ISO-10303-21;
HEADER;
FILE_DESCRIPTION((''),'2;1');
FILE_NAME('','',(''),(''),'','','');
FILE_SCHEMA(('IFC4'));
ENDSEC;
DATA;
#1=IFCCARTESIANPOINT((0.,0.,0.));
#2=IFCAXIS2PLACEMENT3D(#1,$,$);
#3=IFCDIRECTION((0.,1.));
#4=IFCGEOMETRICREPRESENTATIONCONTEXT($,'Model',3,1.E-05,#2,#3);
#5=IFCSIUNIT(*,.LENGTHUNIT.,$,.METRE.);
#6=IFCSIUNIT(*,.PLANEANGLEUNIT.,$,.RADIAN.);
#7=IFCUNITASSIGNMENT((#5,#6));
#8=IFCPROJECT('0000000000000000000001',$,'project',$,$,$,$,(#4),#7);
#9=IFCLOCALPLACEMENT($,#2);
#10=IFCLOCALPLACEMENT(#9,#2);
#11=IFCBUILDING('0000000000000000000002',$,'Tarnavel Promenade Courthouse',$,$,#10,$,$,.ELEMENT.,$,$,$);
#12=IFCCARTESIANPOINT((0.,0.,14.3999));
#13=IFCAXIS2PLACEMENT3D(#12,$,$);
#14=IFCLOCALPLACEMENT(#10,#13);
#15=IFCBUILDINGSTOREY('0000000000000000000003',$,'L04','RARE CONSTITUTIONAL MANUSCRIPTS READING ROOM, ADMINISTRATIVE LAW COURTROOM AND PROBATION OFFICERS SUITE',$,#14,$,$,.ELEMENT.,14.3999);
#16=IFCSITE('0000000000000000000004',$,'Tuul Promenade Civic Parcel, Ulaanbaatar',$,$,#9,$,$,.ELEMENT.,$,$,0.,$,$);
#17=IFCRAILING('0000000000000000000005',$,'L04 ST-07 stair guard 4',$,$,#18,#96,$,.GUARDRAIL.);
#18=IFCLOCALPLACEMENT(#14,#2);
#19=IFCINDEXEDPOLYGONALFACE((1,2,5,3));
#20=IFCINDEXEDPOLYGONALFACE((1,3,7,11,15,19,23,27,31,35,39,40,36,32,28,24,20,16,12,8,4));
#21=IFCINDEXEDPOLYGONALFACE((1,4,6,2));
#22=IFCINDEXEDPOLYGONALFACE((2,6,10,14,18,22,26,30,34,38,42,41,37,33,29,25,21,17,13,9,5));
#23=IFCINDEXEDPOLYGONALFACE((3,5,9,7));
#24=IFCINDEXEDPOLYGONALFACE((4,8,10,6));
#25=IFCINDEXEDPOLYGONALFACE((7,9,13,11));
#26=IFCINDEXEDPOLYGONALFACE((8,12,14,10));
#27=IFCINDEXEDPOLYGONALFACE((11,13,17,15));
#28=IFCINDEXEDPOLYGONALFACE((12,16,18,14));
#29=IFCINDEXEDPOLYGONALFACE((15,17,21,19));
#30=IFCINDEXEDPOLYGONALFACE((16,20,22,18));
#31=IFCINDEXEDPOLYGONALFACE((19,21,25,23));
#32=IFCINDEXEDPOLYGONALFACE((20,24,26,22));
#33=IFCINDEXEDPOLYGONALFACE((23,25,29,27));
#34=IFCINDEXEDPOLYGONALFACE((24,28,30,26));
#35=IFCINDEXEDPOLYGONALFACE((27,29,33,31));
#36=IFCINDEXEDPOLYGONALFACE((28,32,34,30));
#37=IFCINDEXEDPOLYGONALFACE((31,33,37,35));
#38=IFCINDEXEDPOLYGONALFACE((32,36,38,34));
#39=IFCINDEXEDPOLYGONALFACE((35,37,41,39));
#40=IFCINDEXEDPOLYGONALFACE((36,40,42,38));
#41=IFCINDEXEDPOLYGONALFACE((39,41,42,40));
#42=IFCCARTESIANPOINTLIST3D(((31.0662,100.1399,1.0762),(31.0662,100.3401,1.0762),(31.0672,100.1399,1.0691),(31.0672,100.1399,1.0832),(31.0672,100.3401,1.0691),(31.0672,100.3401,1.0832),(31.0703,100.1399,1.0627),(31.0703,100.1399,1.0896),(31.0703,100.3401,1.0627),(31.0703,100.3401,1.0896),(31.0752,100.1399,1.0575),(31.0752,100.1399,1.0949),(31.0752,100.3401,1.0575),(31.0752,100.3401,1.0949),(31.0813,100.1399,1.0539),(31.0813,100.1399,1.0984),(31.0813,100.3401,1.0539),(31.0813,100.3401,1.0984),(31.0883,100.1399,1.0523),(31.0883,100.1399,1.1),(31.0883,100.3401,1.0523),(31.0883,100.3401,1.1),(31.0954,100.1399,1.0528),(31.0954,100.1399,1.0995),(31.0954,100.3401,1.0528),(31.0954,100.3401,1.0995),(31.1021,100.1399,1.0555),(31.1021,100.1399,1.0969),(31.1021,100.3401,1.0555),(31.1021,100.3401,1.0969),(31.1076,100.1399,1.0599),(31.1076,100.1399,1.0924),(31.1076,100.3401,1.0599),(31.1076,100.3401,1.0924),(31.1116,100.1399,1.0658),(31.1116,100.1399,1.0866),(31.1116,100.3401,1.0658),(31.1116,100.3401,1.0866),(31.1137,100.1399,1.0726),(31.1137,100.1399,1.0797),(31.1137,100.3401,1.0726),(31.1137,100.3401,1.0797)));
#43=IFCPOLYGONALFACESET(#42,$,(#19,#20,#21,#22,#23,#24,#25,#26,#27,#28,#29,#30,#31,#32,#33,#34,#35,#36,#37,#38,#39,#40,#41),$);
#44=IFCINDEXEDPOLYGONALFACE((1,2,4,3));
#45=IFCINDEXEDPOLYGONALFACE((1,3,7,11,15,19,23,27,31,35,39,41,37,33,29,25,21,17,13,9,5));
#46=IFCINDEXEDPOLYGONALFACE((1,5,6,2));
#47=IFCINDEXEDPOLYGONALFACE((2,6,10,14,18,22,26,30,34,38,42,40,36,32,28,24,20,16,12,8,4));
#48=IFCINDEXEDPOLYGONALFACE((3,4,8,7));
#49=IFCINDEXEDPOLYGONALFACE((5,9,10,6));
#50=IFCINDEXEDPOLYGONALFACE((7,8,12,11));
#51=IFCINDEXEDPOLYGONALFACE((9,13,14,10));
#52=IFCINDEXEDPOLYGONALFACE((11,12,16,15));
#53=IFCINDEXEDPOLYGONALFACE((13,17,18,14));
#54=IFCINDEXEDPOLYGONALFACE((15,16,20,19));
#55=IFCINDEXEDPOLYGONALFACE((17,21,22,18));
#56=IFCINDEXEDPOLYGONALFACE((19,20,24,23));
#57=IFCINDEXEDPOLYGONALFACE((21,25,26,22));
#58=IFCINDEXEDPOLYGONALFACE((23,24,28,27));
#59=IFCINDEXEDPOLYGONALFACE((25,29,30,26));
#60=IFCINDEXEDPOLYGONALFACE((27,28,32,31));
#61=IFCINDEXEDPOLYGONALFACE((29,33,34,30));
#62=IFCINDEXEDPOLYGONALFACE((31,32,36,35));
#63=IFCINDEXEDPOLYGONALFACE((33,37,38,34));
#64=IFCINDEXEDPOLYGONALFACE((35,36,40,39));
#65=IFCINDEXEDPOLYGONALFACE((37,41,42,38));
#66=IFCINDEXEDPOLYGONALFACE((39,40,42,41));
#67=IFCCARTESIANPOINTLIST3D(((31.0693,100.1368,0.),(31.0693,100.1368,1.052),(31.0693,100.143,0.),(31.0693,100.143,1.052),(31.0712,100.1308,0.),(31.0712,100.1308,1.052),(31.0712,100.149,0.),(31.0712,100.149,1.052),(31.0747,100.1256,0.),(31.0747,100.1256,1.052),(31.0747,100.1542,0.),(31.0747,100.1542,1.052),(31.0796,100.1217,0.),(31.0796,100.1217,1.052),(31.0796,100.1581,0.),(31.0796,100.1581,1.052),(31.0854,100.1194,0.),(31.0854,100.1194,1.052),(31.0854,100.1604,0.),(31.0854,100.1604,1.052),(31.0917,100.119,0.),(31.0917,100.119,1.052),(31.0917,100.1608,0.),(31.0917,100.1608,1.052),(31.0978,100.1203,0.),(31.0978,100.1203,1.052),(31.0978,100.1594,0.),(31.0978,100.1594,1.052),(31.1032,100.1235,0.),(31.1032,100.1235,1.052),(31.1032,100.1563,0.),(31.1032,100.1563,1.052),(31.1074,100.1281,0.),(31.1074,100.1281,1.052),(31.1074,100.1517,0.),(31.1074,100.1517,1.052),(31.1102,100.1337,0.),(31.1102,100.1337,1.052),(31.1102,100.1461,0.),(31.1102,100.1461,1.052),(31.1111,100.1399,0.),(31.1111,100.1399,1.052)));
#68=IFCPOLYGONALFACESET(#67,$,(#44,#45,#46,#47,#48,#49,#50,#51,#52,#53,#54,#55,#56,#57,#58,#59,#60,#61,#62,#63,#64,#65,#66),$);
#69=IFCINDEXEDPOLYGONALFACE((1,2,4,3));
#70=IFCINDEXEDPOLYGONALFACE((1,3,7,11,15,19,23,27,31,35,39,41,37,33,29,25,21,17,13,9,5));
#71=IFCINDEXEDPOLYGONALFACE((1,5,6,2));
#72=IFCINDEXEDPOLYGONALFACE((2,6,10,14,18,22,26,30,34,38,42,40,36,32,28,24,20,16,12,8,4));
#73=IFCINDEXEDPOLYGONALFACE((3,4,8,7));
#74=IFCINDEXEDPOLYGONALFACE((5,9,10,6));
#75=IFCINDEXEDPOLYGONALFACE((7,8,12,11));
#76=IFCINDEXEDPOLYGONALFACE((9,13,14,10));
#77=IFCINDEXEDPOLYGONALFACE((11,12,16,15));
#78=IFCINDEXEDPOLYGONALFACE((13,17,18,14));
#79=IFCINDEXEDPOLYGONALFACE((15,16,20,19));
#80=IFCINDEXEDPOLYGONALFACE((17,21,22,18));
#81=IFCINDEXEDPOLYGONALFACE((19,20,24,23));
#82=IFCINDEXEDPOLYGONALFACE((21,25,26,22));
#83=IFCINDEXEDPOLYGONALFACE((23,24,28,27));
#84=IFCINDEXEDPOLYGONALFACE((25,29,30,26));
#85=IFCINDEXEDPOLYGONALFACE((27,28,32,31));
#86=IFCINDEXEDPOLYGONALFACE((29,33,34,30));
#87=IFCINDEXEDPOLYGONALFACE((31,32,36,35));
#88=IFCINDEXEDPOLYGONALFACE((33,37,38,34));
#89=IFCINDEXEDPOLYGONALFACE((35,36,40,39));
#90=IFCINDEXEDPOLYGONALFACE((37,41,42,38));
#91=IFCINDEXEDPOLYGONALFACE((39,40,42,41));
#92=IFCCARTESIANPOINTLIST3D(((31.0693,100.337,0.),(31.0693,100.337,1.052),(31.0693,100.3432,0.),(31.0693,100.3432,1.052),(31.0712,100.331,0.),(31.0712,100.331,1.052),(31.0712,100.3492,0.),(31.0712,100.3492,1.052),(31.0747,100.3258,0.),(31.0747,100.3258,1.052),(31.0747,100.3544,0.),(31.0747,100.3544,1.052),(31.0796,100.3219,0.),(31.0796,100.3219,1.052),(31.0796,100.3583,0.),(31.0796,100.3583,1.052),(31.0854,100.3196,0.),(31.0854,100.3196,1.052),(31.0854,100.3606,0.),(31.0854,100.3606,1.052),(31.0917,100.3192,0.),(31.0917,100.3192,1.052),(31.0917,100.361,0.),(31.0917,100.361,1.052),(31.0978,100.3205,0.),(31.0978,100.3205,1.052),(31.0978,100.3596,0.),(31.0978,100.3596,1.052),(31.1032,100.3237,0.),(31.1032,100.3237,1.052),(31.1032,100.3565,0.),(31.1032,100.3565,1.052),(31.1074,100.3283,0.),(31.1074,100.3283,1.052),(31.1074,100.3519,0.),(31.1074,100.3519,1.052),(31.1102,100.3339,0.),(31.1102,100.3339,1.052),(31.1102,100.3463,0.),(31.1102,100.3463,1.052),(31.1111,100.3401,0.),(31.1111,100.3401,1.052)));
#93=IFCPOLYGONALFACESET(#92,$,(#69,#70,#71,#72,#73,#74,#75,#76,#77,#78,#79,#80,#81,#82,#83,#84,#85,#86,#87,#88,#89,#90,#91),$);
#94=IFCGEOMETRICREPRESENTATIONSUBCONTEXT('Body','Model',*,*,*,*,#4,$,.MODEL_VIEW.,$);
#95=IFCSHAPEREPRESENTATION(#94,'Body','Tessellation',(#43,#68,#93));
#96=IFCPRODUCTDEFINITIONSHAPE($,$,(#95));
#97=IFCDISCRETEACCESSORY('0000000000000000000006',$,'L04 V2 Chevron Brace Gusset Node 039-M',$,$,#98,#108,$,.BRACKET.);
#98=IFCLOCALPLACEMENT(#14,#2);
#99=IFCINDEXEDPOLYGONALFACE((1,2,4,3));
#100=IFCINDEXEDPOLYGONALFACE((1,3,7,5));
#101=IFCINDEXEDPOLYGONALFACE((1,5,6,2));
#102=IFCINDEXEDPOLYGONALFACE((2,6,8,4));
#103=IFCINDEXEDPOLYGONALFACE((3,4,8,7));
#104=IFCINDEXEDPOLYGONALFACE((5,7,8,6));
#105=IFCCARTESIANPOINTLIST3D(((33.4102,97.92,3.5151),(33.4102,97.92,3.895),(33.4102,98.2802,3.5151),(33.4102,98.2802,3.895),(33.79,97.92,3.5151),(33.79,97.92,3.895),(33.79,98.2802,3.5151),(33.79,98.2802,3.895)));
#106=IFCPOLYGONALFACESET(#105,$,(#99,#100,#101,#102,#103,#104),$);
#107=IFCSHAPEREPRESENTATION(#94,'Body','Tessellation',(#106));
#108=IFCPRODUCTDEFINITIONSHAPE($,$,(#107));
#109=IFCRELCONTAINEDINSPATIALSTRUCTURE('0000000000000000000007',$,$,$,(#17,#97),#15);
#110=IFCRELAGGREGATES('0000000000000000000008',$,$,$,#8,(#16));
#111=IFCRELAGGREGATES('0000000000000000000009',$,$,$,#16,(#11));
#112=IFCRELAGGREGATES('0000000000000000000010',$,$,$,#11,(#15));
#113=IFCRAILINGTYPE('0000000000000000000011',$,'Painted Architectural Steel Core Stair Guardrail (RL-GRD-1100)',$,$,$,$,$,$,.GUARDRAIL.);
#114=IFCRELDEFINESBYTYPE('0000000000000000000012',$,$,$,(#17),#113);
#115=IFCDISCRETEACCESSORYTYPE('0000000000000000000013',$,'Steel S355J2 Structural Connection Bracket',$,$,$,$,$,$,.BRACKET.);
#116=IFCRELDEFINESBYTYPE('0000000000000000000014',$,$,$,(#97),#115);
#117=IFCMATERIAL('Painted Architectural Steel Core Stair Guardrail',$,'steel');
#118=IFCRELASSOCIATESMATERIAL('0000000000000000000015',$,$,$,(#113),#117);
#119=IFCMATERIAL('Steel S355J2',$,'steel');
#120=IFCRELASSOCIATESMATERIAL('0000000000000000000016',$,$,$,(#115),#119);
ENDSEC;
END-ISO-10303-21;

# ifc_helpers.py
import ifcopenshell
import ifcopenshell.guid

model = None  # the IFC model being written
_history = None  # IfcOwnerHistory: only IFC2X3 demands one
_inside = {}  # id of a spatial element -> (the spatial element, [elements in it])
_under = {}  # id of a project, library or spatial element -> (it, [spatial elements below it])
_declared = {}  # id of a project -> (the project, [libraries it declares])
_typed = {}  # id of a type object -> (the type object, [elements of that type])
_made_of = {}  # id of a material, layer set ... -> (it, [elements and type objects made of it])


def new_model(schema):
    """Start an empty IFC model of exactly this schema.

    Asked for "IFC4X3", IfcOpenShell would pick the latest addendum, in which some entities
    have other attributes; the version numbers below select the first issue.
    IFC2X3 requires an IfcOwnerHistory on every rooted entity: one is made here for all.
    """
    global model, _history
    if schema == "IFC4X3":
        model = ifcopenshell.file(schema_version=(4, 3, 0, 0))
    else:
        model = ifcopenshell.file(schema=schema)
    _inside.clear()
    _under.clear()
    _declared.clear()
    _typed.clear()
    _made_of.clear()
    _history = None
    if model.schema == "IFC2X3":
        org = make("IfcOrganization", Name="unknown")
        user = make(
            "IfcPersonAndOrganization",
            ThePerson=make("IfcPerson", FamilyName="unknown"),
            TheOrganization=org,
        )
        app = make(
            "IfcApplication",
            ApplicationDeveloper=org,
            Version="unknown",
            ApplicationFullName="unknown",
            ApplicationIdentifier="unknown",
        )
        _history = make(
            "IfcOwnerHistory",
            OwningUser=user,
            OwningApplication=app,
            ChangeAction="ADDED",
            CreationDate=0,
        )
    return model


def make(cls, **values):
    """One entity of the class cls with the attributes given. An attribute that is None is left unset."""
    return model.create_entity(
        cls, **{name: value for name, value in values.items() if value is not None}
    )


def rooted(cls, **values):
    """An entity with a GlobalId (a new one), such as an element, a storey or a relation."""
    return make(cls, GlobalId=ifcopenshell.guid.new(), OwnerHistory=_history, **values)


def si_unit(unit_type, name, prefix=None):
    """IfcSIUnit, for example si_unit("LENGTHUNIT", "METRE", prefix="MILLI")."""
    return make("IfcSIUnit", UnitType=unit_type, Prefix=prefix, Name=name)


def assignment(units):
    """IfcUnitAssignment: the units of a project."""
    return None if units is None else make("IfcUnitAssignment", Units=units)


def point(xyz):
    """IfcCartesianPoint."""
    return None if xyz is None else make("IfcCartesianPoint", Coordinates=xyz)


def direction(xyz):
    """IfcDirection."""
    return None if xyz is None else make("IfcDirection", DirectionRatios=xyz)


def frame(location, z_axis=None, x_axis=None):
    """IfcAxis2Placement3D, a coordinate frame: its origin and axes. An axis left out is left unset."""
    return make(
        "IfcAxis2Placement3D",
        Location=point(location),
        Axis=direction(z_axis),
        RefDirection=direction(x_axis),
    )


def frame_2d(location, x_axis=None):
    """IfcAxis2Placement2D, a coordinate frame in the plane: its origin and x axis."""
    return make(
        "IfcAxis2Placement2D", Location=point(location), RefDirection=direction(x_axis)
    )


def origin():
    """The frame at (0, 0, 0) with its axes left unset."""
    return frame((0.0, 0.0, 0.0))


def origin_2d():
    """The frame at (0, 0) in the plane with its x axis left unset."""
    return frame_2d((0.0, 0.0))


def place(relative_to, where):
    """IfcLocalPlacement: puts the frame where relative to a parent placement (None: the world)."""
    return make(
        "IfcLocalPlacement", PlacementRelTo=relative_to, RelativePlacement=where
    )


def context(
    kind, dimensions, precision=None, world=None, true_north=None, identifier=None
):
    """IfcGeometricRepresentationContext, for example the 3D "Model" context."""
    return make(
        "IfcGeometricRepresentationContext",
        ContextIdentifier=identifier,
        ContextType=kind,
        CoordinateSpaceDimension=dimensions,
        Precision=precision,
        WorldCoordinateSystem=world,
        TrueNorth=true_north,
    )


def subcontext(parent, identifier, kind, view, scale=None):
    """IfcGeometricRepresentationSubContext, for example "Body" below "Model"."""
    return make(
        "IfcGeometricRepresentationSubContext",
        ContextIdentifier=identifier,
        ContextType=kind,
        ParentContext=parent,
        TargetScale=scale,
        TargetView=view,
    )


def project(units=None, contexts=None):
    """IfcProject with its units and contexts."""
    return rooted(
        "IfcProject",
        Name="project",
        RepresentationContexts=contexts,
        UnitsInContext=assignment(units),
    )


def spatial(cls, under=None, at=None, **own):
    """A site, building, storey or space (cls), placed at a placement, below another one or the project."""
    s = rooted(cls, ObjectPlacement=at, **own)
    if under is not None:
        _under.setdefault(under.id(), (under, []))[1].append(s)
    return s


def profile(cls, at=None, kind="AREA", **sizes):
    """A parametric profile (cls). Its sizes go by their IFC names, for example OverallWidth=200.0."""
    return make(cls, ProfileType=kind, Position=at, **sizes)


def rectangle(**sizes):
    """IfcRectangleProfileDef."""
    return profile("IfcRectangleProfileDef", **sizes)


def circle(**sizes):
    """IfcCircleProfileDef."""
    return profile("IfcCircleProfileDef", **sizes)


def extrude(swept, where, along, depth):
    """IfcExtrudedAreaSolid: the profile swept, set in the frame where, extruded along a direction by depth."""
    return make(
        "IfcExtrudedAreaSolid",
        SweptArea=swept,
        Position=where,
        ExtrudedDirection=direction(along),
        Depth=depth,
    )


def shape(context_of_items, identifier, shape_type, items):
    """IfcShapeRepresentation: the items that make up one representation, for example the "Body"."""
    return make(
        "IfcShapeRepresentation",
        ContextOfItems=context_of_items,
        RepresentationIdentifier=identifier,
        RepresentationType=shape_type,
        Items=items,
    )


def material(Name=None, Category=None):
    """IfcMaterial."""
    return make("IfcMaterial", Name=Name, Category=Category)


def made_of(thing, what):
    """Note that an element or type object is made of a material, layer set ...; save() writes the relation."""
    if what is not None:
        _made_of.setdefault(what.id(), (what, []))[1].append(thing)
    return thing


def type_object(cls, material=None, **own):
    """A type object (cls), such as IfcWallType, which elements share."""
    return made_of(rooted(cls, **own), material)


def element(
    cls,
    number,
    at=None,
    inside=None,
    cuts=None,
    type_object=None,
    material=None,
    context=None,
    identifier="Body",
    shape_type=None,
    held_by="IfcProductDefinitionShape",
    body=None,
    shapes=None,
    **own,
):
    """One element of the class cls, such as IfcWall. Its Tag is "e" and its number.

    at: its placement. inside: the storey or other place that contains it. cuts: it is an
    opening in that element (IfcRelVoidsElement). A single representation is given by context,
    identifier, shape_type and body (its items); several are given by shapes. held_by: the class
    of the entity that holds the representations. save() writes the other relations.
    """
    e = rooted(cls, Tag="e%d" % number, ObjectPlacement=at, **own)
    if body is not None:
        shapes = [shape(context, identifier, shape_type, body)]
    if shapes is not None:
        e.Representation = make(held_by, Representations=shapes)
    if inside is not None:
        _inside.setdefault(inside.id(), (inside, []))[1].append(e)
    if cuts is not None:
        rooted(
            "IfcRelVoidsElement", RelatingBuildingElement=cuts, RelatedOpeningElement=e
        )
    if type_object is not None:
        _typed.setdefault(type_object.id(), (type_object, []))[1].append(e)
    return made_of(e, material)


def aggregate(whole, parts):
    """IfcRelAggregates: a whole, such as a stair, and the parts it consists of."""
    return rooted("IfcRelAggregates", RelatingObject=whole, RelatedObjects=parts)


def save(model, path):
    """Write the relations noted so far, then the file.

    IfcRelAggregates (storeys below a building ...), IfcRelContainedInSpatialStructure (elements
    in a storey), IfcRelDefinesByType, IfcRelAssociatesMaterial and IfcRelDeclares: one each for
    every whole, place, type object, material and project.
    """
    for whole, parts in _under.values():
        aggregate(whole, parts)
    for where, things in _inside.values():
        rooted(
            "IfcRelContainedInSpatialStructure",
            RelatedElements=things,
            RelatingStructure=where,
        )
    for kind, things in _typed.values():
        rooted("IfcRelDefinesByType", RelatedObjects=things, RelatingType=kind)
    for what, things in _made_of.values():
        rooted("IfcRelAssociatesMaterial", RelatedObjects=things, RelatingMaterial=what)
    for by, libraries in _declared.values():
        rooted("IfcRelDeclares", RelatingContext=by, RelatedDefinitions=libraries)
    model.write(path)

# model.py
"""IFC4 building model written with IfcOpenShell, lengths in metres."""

from ifc_helpers import new_model, si_unit, direction, frame, origin, origin_2d, place, context, subcontext, project, spatial, rectangle, circle, extrude, material, type_object, element, save


model = new_model("IFC4")

# Units and contexts
model_context = context("Model", 3, precision=1e-05, world=origin(), true_north=direction((0.0, 1.0)))
body_context = subcontext(model_context, "Body", "Model", "MODEL_VIEW")
ifc_project = project(units=[si_unit("LENGTHUNIT", "METRE"), si_unit("PLANEANGLEUNIT", "RADIAN")], contexts=[model_context])

# Site, building, storey
site_placement = place(None, origin())
site = spatial("IfcSite", under=ifc_project, at=site_placement, Name="Tuul Promenade Civic Parcel, Ulaanbaatar", CompositionType="ELEMENT", RefElevation=0.0)
building_placement = place(site_placement, origin())
building = spatial("IfcBuilding", under=site, at=building_placement, Name="Tarnavel Promenade Courthouse", CompositionType="ELEMENT")
storey_placement = place(building_placement, frame((0.0, 0.0, 14.3999)))
storey = spatial("IfcBuildingStorey", under=building, at=storey_placement, Name="L04", Description="RARE CONSTITUTIONAL MANUSCRIPTS READING ROOM, ADMINISTRATIVE LAW COURTROOM AND PROBATION OFFICERS SUITE", CompositionType="ELEMENT", Elevation=14.3999)

# Railing
ifc_material_1 = material(Name="Painted Architectural Steel Core Stair Guardrail", Category="steel")
railing_type_1 = type_object("IfcRailingType", Name="Painted Architectural Steel Core Stair Guardrail (RL-GRD-1100)", PredefinedType="GUARDRAIL", material=ifc_material_1)
railing_1_placement = place(storey_placement, frame((31.0901, 100.1399, 0.0)))
element("IfcRailing", 1, at=railing_1_placement, inside=storey, type_object=railing_type_1, Name="L04 ST-07 stair guard 4", PredefinedType="GUARDRAIL", context=body_context, shape_type="SweptSolid", body=[
    extrude(circle(Radius=0.0239, at=origin_2d()), frame((0.0, 0.0, 1.0762), z_axis=(0.0, 1.0, 0.0), x_axis=(-1.0, 0.0, 0.0)), (0.0, 0.0, 1.0), 0.2002),
    extrude(circle(Radius=0.021, at=origin_2d()), origin(), (0.0, 0.0, 1.0), 1.052),
    extrude(circle(Radius=0.021, at=origin_2d()), frame((0.0, 0.2002, 0.0)), (0.0, 0.0, 1.0), 1.052),
])

# Discrete accessory
ifc_material_2 = material(Name="Steel S355J2", Category="steel")
discrete_accessory_type = type_object("IfcDiscreteAccessoryType", Name="Steel S355J2 Structural Connection Bracket", PredefinedType="BRACKET", material=ifc_material_2)
discrete_accessory_placement = place(storey_placement, frame((33.6001, 98.1001, 3.5151), z_axis=(0.0, 0.0, 1.0), x_axis=(1.0, 0.0, 0.0)))
element("IfcDiscreteAccessory", 2, at=discrete_accessory_placement, inside=storey, type_object=discrete_accessory_type, Name="L04 V2 Chevron Brace Gusset Node 039-M", PredefinedType="BRACKET", context=body_context, shape_type="SweptSolid", body=[
    extrude(rectangle(XDim=0.3799, YDim=0.3601, at=origin_2d()), origin(), (0.0, 0.0, 1.0), 0.3799),
])

save(model, "model.ifc")
